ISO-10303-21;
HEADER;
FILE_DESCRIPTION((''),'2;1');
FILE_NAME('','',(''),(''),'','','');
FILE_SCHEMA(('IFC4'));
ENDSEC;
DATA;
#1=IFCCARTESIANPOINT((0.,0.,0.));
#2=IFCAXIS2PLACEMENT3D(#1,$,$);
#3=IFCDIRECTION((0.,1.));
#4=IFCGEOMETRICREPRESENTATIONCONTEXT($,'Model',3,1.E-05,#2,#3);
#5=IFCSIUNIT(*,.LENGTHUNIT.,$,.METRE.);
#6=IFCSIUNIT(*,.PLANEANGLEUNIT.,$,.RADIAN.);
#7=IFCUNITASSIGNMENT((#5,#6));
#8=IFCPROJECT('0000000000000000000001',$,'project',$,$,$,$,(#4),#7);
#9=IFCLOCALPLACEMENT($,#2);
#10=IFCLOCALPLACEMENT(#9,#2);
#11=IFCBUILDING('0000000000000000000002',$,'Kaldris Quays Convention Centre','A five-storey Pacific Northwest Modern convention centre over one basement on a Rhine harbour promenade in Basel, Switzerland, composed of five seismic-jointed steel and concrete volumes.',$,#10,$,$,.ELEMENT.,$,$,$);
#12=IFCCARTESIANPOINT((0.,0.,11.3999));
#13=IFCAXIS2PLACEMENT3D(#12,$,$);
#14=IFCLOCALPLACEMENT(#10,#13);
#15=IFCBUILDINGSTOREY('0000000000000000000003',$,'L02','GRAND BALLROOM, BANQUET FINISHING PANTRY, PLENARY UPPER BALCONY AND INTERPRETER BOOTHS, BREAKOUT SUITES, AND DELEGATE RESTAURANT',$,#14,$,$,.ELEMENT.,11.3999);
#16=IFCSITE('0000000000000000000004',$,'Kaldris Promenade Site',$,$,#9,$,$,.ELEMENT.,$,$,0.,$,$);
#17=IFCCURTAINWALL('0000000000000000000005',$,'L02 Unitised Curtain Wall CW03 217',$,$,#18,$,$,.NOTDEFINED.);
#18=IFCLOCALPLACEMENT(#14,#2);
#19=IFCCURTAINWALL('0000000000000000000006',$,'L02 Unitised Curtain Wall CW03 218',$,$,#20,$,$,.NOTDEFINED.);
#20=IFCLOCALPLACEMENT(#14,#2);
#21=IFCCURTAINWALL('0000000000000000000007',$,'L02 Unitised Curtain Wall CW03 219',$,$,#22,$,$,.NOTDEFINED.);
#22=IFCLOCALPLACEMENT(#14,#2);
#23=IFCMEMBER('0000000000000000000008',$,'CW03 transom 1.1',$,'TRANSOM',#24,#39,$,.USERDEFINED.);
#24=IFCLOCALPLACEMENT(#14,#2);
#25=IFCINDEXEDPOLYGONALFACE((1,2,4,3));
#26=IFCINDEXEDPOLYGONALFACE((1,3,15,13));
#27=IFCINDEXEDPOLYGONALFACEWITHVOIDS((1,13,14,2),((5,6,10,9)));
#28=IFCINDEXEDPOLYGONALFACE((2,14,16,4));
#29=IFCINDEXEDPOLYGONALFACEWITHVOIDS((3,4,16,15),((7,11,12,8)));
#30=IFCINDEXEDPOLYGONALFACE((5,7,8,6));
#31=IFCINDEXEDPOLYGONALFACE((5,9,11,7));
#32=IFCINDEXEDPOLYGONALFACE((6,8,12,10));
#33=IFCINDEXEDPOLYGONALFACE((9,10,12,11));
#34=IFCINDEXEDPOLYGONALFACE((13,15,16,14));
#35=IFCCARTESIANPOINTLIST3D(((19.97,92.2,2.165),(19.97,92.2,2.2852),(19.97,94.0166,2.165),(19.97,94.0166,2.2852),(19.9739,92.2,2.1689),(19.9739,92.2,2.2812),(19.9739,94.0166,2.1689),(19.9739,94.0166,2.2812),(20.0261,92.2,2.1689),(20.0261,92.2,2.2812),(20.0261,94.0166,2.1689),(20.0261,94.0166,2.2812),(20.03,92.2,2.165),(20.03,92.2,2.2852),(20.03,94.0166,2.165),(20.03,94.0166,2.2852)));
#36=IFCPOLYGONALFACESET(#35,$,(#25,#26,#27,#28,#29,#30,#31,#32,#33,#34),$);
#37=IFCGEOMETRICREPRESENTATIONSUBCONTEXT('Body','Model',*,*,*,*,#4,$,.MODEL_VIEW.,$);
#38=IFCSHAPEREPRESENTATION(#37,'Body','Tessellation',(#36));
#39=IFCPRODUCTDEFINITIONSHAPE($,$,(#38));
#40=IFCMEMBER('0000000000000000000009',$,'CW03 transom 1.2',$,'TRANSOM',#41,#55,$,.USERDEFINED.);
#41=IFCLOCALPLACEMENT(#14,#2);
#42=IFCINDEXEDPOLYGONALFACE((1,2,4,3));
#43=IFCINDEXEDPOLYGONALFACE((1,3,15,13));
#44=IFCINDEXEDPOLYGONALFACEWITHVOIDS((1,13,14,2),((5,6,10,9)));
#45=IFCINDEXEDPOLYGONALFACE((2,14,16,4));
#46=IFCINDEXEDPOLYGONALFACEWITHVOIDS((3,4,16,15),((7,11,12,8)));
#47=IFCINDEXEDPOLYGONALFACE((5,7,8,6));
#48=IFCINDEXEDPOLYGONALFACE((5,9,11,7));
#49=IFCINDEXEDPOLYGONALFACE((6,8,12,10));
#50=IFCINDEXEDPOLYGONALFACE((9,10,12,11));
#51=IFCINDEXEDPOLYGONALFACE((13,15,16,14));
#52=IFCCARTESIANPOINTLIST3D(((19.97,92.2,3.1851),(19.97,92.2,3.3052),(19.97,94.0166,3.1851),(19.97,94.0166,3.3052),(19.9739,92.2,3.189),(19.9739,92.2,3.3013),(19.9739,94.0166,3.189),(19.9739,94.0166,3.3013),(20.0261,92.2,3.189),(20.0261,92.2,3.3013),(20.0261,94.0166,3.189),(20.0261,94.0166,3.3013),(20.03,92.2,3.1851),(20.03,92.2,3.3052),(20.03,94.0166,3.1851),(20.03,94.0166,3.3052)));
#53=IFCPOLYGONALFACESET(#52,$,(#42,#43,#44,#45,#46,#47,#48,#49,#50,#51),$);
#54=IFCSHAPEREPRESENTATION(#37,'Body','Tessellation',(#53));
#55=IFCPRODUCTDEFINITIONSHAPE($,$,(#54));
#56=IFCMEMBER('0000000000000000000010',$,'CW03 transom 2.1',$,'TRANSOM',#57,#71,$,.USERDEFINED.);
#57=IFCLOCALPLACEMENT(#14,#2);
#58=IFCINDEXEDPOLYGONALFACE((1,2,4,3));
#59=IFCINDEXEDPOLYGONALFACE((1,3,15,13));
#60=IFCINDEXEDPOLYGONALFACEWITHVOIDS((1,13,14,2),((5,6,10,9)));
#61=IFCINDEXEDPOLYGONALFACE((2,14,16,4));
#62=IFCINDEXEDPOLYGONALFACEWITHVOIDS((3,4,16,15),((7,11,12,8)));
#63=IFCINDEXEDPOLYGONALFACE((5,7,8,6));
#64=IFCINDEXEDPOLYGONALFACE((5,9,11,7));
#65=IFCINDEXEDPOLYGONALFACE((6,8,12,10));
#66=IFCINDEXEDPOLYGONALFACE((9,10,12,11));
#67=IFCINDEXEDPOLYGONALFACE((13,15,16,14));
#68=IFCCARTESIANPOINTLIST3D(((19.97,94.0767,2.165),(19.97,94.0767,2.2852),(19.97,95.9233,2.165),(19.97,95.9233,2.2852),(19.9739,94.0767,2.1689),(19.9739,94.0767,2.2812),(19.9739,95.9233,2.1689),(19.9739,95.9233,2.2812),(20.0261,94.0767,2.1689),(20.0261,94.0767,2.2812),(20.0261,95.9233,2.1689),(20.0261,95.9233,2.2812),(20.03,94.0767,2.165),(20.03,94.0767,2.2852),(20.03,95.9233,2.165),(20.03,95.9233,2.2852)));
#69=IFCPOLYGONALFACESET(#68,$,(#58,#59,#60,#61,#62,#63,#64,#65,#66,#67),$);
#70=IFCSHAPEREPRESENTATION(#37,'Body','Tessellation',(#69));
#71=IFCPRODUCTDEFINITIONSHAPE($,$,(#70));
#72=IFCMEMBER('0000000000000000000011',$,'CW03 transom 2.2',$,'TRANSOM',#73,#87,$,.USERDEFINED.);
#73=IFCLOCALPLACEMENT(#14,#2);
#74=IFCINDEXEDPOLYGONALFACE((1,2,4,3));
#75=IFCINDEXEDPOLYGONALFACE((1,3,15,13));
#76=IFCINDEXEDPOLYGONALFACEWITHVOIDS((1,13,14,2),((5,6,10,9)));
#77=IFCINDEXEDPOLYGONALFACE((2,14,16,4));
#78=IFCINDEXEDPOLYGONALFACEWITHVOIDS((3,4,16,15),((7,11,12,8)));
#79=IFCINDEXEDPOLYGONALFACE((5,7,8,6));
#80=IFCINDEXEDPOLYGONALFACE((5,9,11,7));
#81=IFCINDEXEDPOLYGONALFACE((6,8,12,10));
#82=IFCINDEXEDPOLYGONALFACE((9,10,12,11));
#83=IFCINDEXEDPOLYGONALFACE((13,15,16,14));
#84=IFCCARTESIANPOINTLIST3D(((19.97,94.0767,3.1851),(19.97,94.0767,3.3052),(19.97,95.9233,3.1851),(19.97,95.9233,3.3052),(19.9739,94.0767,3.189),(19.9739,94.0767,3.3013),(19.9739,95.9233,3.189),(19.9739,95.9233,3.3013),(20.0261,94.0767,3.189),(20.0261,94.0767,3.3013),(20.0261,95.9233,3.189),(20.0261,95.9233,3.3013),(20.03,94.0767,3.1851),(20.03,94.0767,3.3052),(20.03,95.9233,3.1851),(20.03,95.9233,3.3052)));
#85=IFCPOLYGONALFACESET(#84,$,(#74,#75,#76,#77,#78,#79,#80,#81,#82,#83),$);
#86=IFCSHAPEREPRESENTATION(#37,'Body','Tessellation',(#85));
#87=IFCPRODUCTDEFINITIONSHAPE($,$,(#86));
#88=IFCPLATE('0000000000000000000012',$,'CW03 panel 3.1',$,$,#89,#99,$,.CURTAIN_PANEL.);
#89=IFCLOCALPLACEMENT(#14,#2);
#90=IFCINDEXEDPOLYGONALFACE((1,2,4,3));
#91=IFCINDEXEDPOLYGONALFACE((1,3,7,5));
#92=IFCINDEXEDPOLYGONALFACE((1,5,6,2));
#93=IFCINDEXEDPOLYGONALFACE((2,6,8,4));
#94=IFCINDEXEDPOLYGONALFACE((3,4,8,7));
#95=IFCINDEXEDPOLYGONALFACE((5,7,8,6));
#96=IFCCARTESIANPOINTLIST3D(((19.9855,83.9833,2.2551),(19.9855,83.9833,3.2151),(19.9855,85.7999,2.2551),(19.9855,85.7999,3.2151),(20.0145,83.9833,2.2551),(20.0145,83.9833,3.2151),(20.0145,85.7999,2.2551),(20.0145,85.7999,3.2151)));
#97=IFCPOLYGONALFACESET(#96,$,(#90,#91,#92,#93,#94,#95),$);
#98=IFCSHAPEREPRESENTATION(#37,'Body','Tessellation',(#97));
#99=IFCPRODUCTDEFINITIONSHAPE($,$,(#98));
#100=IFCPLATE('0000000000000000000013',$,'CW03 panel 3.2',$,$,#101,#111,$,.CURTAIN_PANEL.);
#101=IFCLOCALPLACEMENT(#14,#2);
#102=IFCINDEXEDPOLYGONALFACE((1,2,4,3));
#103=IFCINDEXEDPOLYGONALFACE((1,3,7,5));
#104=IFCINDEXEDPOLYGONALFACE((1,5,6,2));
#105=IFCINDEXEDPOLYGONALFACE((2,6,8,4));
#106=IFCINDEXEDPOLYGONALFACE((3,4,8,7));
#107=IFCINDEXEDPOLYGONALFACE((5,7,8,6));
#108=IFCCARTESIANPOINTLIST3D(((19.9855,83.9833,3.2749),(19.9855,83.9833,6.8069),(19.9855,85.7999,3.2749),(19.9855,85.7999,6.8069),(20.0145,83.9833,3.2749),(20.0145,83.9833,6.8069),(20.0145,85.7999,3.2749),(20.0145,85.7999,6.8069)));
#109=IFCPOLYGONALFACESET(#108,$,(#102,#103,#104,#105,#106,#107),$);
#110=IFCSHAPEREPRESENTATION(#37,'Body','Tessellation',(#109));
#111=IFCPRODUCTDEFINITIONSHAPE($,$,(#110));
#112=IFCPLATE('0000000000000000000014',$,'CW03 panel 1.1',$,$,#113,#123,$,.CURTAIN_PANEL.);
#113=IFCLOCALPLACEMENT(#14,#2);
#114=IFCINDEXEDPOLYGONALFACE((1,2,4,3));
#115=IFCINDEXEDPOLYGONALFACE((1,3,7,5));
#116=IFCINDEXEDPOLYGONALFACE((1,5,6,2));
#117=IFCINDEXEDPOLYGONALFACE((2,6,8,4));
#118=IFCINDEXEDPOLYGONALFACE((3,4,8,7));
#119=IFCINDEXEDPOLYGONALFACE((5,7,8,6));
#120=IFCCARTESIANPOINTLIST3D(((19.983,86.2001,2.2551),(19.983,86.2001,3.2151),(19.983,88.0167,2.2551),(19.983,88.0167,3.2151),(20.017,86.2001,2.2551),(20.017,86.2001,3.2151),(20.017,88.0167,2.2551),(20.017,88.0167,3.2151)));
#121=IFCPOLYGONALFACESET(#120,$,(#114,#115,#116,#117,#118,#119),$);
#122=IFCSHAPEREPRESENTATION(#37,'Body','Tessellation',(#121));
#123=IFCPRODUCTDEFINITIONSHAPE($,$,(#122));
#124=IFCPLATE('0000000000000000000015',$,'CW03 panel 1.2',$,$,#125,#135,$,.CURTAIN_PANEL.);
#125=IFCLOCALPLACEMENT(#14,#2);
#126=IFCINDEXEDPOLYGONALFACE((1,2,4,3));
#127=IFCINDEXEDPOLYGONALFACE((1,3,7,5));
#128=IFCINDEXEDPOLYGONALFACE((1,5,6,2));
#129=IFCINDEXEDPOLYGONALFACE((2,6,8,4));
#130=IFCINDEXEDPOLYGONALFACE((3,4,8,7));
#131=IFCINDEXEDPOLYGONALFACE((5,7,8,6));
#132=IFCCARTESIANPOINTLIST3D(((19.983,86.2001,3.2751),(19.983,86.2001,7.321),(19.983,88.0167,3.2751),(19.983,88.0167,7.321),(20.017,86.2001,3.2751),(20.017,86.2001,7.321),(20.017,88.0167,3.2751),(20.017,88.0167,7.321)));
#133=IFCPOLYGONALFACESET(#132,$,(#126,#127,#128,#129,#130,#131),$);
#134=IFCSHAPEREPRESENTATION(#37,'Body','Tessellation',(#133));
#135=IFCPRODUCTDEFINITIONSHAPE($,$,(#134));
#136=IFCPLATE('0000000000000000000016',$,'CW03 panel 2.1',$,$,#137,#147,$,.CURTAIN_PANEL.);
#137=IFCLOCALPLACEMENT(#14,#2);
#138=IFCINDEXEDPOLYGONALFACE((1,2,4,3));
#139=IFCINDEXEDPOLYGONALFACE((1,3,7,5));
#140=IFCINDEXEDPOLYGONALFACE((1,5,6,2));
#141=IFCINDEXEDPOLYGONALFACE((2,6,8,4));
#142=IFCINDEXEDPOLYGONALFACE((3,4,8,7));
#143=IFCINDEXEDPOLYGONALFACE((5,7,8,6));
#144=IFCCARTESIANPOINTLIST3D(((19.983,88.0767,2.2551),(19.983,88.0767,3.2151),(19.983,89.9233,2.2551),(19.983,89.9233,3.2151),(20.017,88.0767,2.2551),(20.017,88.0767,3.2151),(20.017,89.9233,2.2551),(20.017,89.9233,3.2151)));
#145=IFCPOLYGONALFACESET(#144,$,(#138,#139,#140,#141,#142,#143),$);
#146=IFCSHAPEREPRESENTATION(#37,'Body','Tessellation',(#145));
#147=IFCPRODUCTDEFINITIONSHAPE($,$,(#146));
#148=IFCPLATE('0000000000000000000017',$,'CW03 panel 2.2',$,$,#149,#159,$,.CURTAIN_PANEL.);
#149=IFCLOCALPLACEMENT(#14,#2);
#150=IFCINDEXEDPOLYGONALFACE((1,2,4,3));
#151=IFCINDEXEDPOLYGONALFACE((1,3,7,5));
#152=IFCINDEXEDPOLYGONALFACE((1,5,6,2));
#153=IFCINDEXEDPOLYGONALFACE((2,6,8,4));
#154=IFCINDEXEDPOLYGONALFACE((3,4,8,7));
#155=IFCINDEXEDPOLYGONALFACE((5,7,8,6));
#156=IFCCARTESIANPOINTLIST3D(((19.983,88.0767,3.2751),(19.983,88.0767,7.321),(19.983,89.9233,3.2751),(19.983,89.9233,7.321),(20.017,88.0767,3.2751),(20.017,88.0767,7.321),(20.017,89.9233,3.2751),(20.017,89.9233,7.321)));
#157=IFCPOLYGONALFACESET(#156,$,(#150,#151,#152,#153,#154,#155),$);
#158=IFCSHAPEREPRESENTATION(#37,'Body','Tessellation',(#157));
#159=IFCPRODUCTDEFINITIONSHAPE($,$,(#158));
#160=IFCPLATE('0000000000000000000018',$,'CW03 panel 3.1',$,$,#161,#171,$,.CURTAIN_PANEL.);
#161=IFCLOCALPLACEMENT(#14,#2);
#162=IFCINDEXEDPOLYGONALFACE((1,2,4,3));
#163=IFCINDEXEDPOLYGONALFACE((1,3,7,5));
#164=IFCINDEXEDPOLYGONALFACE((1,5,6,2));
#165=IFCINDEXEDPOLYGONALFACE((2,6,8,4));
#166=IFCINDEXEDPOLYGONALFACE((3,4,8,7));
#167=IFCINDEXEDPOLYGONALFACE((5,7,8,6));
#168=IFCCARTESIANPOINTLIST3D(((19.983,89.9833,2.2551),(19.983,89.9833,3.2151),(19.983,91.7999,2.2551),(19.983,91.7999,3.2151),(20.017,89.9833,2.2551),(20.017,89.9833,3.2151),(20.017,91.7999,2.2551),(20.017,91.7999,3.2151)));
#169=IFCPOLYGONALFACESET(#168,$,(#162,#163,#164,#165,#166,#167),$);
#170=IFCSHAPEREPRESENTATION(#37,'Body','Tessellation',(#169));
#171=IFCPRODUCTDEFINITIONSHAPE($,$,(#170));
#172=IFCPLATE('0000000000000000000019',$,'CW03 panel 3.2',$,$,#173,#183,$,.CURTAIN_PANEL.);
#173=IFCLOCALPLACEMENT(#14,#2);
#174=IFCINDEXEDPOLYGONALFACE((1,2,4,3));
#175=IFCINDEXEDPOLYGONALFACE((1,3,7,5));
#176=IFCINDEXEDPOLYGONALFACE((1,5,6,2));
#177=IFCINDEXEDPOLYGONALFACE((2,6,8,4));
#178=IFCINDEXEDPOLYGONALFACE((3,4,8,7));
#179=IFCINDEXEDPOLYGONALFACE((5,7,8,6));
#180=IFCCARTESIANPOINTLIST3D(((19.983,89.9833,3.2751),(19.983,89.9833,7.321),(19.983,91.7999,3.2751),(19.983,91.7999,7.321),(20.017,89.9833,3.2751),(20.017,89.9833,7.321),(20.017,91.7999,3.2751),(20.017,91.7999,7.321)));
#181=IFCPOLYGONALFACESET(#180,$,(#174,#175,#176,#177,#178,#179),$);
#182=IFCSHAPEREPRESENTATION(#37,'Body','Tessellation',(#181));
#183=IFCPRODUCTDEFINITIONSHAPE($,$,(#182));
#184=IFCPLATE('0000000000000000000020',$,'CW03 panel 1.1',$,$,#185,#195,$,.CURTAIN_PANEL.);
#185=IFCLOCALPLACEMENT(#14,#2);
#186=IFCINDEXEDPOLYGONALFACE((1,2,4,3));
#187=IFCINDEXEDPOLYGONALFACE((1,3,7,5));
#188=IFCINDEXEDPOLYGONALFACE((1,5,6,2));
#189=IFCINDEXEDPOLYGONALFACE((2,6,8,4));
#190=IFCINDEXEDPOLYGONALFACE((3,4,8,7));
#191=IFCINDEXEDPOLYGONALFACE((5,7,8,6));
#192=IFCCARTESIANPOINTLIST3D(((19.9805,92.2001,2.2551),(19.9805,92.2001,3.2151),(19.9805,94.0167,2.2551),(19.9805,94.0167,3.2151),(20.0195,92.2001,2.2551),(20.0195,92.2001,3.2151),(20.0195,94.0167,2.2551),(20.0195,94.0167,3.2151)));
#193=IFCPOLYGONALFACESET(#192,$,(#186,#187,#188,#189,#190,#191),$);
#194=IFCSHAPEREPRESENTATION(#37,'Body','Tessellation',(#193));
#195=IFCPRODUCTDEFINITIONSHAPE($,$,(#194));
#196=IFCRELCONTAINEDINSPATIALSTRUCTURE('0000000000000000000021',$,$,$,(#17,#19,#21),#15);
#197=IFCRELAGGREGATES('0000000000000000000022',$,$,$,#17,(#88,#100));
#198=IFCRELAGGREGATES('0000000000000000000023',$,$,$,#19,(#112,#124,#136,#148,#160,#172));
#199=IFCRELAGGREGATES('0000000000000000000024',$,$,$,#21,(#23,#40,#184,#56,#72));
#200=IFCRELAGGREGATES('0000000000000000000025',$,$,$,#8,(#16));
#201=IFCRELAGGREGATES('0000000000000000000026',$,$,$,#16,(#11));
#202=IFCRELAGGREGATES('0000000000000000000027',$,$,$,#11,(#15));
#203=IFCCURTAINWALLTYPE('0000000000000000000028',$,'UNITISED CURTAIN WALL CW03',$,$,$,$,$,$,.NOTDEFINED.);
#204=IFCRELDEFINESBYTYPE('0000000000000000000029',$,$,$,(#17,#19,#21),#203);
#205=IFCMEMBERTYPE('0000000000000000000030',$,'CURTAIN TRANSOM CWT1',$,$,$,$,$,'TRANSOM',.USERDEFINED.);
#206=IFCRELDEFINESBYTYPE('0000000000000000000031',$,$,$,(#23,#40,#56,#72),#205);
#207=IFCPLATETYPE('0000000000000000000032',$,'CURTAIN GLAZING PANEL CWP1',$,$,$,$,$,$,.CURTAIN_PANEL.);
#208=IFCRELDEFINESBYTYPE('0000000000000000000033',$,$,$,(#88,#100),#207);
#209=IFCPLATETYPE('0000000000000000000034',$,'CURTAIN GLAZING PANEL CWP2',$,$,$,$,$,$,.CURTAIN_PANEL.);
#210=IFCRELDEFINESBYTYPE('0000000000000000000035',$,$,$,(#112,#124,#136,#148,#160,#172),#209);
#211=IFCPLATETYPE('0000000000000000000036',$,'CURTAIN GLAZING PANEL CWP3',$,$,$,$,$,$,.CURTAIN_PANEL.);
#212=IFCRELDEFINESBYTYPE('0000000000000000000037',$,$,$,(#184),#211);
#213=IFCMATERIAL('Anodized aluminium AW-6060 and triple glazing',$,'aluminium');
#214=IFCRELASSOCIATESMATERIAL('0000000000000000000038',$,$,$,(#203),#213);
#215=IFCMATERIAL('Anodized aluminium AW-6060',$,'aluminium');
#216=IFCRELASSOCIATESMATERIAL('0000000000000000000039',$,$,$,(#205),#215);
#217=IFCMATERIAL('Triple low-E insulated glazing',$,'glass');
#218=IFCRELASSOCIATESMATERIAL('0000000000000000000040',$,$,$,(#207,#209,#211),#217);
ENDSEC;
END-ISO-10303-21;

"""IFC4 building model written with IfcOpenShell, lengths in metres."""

from ifc_helpers import new_model, si_unit, direction, frame, origin, origin_2d, place, context, subcontext, project, spatial, rectangle, hollow_rectangle, extrude, material, material_profile, profile_set, type_object, element, aggregate, save


model = new_model("IFC4")

# Units and contexts
model_context = context("Model", 3, precision=1e-05, world=origin(), true_north=direction((0.0, 1.0)))
body_context = subcontext(model_context, "Body", "Model", "MODEL_VIEW")
ifc_project = project(units=[si_unit("LENGTHUNIT", "METRE"), si_unit("PLANEANGLEUNIT", "RADIAN")], contexts=[model_context])

# Site, building, storey
site_placement = place(None, origin())
site = spatial("IfcSite", under=ifc_project, at=site_placement, Name="Kaldris Promenade Site", CompositionType="ELEMENT", RefElevation=0.0)
building_placement = place(site_placement, origin())
building = spatial("IfcBuilding", under=site, at=building_placement, Name="Kaldris Quays Convention Centre", Description="A five-storey Pacific Northwest Modern convention centre over one basement on a Rhine harbour promenade in Basel, Switzerland, composed of five seismic-jointed steel and concrete volumes.", CompositionType="ELEMENT")
storey_placement = place(building_placement, frame((0.0, 0.0, 11.3999)))
storey = spatial("IfcBuildingStorey", under=building, at=storey_placement, Name="L02", Description="GRAND BALLROOM, BANQUET FINISHING PANTRY, PLENARY UPPER BALCONY AND INTERPRETER BOOTHS, BREAKOUT SUITES, AND DELEGATE RESTAURANT", CompositionType="ELEMENT", Elevation=11.3999)

# Curtain walls
ifc_material_1 = material(Name="Anodized aluminium AW-6060 and triple glazing", Category="aluminium")
curtain_wall_type = type_object("IfcCurtainWallType", Name="UNITISED CURTAIN WALL CW03", PredefinedType="NOTDEFINED", material=ifc_material_1)
curtain_wall_1_placement = place(storey_placement, origin())
curtain_wall_1 = element("IfcCurtainWall", 1, at=curtain_wall_1_placement, inside=storey, type_object=curtain_wall_type, Name="L02 Unitised Curtain Wall CW03 217", PredefinedType="NOTDEFINED")
ifc_material_2 = material(Name="Anodized aluminium AW-6060", Category="aluminium")
curtain_wall_2_placement = place(storey_placement, origin())
curtain_wall_2 = element("IfcCurtainWall", 2, at=curtain_wall_2_placement, inside=storey, type_object=curtain_wall_type, Name="L02 Unitised Curtain Wall CW03 218", PredefinedType="NOTDEFINED")
curtain_wall_3_placement = place(storey_placement, origin())
curtain_wall_3 = element("IfcCurtainWall", 3, at=curtain_wall_3_placement, inside=storey, type_object=curtain_wall_type, Name="L02 Unitised Curtain Wall CW03 219", PredefinedType="NOTDEFINED")

# Members
ifc_material_profile_1 = material_profile(ifc_material_2, hollow_rectangle(XDim=0.0601, YDim=0.1201, WallThickness=0.0039, at=origin_2d()), Name="RHS 120x60x4")
ifc_profile_set_1 = profile_set([ifc_material_profile_1], Name="Anodized aluminium AW-6060")
member_type_1 = type_object("IfcMemberType", Name="CURTAIN TRANSOM CWT1", ElementType="TRANSOM", PredefinedType="USERDEFINED", material=ifc_profile_set_1)
member_1_placement = place(storey_placement, frame((20.0, 92.2, 2.2251), z_axis=(0.0, 1.0, 0.0), x_axis=(-1.0, 0.0, 0.0)))
member_1 = element("IfcMember", 4, at=member_1_placement, type_object=member_type_1, Name="CW03 transom 1.1", ObjectType="TRANSOM", PredefinedType="USERDEFINED", context=body_context, shape_type="SweptSolid", body=[
    extrude(hollow_rectangle(XDim=0.0601, YDim=0.1201, WallThickness=0.0039, at=origin_2d()), origin(), (0.0, 0.0, 1.0), 1.8167),
])
member_2_placement = place(storey_placement, frame((20.0, 92.2, 3.2451), z_axis=(0.0, 1.0, 0.0), x_axis=(-1.0, 0.0, 0.0)))
member_2 = element("IfcMember", 5, at=member_2_placement, type_object=member_type_1, Name="CW03 transom 1.2", ObjectType="TRANSOM", PredefinedType="USERDEFINED", context=body_context, shape_type="SweptSolid", body=[
    extrude(hollow_rectangle(XDim=0.0601, YDim=0.1201, WallThickness=0.0039, at=origin_2d()), origin(), (0.0, 0.0, 1.0), 1.8167),
])
member_3_placement = place(storey_placement, frame((20.0, 94.0767, 2.2251), z_axis=(0.0, 1.0, 0.0), x_axis=(-1.0, 0.0, 0.0)))
member_3 = element("IfcMember", 6, at=member_3_placement, type_object=member_type_1, Name="CW03 transom 2.1", ObjectType="TRANSOM", PredefinedType="USERDEFINED", context=body_context, shape_type="SweptSolid", body=[
    extrude(hollow_rectangle(XDim=0.0601, YDim=0.1201, WallThickness=0.0039, at=origin_2d()), origin(), (0.0, 0.0, 1.0), 1.8467),
])
member_4_placement = place(storey_placement, frame((20.0, 94.0767, 3.2451), z_axis=(0.0, 1.0, 0.0), x_axis=(-1.0, 0.0, 0.0)))
member_4 = element("IfcMember", 7, at=member_4_placement, type_object=member_type_1, Name="CW03 transom 2.2", ObjectType="TRANSOM", PredefinedType="USERDEFINED", context=body_context, shape_type="SweptSolid", body=[
    extrude(hollow_rectangle(XDim=0.0601, YDim=0.1201, WallThickness=0.0039, at=origin_2d()), origin(), (0.0, 0.0, 1.0), 1.8467),
])

# Plates
ifc_material_3 = material(Name="Triple low-E insulated glazing", Category="glass")
plate_type_1 = type_object("IfcPlateType", Name="CURTAIN GLAZING PANEL CWP1", PredefinedType="CURTAIN_PANEL", material=ifc_material_3)
plate_1_placement = place(storey_placement, frame((20.0, 84.8916, 2.2551), z_axis=(0.0, 0.0, 1.0), x_axis=(0.0, 1.0, 0.0)))
plate_1 = element("IfcPlate", 8, at=plate_1_placement, type_object=plate_type_1, Name="CW03 panel 3.1", PredefinedType="CURTAIN_PANEL", context=body_context, shape_type="SweptSolid", body=[
    extrude(rectangle(XDim=1.8167, YDim=0.0291, at=origin_2d()), origin(), (0.0, 0.0, 1.0), 0.96),
])
plate_2_placement = place(storey_placement, frame((20.0, 84.8916, 3.2749), z_axis=(0.0, 0.0, 1.0), x_axis=(0.0, 1.0, 0.0)))
plate_2 = element("IfcPlate", 9, at=plate_2_placement, type_object=plate_type_1, Name="CW03 panel 3.2", PredefinedType="CURTAIN_PANEL", context=body_context, shape_type="SweptSolid", body=[
    extrude(rectangle(XDim=1.8167, YDim=0.0291, at=origin_2d()), origin(), (0.0, 0.0, 1.0), 3.532),
])
aggregate(curtain_wall_1, [plate_1, plate_2])
plate_type_2 = type_object("IfcPlateType", Name="CURTAIN GLAZING PANEL CWP2", PredefinedType="CURTAIN_PANEL", material=ifc_material_3)
plate_3_placement = place(storey_placement, frame((20.0, 87.1084, 2.2551), z_axis=(0.0, 0.0, 1.0), x_axis=(0.0, 1.0, 0.0)))
plate_3 = element("IfcPlate", 10, at=plate_3_placement, type_object=plate_type_2, Name="CW03 panel 1.1", PredefinedType="CURTAIN_PANEL", context=body_context, shape_type="SweptSolid", body=[
    extrude(rectangle(XDim=1.8167, YDim=0.0339, at=origin_2d()), origin(), (0.0, 0.0, 1.0), 0.96),
])
plate_4_placement = place(storey_placement, frame((20.0, 87.1084, 3.2751), z_axis=(0.0, 0.0, 1.0), x_axis=(0.0, 1.0, 0.0)))
plate_4 = element("IfcPlate", 11, at=plate_4_placement, type_object=plate_type_2, Name="CW03 panel 1.2", PredefinedType="CURTAIN_PANEL", context=body_context, shape_type="SweptSolid", body=[
    extrude(rectangle(XDim=1.8167, YDim=0.0339, at=origin_2d()), origin(), (0.0, 0.0, 1.0), 4.0459),
])
plate_5_placement = place(storey_placement, frame((20.0, 89.0, 2.2551), z_axis=(0.0, 0.0, 1.0), x_axis=(0.0, 1.0, 0.0)))
plate_5 = element("IfcPlate", 12, at=plate_5_placement, type_object=plate_type_2, Name="CW03 panel 2.1", PredefinedType="CURTAIN_PANEL", context=body_context, shape_type="SweptSolid", body=[
    extrude(rectangle(XDim=1.8467, YDim=0.0339, at=origin_2d()), origin(), (0.0, 0.0, 1.0), 0.96),
])
plate_6_placement = place(storey_placement, frame((20.0, 89.0, 3.2751), z_axis=(0.0, 0.0, 1.0), x_axis=(0.0, 1.0, 0.0)))
plate_6 = element("IfcPlate", 13, at=plate_6_placement, type_object=plate_type_2, Name="CW03 panel 2.2", PredefinedType="CURTAIN_PANEL", context=body_context, shape_type="SweptSolid", body=[
    extrude(rectangle(XDim=1.8467, YDim=0.0339, at=origin_2d()), origin(), (0.0, 0.0, 1.0), 4.0459),
])
plate_7_placement = place(storey_placement, frame((20.0, 90.8916, 2.2551), z_axis=(0.0, 0.0, 1.0), x_axis=(0.0, 1.0, 0.0)))
plate_7 = element("IfcPlate", 14, at=plate_7_placement, type_object=plate_type_2, Name="CW03 panel 3.1", PredefinedType="CURTAIN_PANEL", context=body_context, shape_type="SweptSolid", body=[
    extrude(rectangle(XDim=1.8167, YDim=0.0339, at=origin_2d()), origin(), (0.0, 0.0, 1.0), 0.96),
])
plate_8_placement = place(storey_placement, frame((20.0, 90.8916, 3.2751), z_axis=(0.0, 0.0, 1.0), x_axis=(0.0, 1.0, 0.0)))
plate_8 = element("IfcPlate", 15, at=plate_8_placement, type_object=plate_type_2, Name="CW03 panel 3.2", PredefinedType="CURTAIN_PANEL", context=body_context, shape_type="SweptSolid", body=[
    extrude(rectangle(XDim=1.8167, YDim=0.0339, at=origin_2d()), origin(), (0.0, 0.0, 1.0), 4.0459),
])
aggregate(curtain_wall_2, [plate_3, plate_4, plate_5, plate_6, plate_7, plate_8])
plate_type_3 = type_object("IfcPlateType", Name="CURTAIN GLAZING PANEL CWP3", PredefinedType="CURTAIN_PANEL", material=ifc_material_3)
plate_9_placement = place(storey_placement, frame((20.0, 93.1084, 2.2551), z_axis=(0.0, 0.0, 1.0), x_axis=(0.0, 1.0, 0.0)))
plate_9 = element("IfcPlate", 16, at=plate_9_placement, type_object=plate_type_3, Name="CW03 panel 1.1", PredefinedType="CURTAIN_PANEL", context=body_context, shape_type="SweptSolid", body=[
    extrude(rectangle(XDim=1.8167, YDim=0.0391, at=origin_2d()), origin(), (0.0, 0.0, 1.0), 0.96),
])
aggregate(curtain_wall_3, [member_1, member_2, plate_9, member_3, member_4])

save(model, "model.ifc")
